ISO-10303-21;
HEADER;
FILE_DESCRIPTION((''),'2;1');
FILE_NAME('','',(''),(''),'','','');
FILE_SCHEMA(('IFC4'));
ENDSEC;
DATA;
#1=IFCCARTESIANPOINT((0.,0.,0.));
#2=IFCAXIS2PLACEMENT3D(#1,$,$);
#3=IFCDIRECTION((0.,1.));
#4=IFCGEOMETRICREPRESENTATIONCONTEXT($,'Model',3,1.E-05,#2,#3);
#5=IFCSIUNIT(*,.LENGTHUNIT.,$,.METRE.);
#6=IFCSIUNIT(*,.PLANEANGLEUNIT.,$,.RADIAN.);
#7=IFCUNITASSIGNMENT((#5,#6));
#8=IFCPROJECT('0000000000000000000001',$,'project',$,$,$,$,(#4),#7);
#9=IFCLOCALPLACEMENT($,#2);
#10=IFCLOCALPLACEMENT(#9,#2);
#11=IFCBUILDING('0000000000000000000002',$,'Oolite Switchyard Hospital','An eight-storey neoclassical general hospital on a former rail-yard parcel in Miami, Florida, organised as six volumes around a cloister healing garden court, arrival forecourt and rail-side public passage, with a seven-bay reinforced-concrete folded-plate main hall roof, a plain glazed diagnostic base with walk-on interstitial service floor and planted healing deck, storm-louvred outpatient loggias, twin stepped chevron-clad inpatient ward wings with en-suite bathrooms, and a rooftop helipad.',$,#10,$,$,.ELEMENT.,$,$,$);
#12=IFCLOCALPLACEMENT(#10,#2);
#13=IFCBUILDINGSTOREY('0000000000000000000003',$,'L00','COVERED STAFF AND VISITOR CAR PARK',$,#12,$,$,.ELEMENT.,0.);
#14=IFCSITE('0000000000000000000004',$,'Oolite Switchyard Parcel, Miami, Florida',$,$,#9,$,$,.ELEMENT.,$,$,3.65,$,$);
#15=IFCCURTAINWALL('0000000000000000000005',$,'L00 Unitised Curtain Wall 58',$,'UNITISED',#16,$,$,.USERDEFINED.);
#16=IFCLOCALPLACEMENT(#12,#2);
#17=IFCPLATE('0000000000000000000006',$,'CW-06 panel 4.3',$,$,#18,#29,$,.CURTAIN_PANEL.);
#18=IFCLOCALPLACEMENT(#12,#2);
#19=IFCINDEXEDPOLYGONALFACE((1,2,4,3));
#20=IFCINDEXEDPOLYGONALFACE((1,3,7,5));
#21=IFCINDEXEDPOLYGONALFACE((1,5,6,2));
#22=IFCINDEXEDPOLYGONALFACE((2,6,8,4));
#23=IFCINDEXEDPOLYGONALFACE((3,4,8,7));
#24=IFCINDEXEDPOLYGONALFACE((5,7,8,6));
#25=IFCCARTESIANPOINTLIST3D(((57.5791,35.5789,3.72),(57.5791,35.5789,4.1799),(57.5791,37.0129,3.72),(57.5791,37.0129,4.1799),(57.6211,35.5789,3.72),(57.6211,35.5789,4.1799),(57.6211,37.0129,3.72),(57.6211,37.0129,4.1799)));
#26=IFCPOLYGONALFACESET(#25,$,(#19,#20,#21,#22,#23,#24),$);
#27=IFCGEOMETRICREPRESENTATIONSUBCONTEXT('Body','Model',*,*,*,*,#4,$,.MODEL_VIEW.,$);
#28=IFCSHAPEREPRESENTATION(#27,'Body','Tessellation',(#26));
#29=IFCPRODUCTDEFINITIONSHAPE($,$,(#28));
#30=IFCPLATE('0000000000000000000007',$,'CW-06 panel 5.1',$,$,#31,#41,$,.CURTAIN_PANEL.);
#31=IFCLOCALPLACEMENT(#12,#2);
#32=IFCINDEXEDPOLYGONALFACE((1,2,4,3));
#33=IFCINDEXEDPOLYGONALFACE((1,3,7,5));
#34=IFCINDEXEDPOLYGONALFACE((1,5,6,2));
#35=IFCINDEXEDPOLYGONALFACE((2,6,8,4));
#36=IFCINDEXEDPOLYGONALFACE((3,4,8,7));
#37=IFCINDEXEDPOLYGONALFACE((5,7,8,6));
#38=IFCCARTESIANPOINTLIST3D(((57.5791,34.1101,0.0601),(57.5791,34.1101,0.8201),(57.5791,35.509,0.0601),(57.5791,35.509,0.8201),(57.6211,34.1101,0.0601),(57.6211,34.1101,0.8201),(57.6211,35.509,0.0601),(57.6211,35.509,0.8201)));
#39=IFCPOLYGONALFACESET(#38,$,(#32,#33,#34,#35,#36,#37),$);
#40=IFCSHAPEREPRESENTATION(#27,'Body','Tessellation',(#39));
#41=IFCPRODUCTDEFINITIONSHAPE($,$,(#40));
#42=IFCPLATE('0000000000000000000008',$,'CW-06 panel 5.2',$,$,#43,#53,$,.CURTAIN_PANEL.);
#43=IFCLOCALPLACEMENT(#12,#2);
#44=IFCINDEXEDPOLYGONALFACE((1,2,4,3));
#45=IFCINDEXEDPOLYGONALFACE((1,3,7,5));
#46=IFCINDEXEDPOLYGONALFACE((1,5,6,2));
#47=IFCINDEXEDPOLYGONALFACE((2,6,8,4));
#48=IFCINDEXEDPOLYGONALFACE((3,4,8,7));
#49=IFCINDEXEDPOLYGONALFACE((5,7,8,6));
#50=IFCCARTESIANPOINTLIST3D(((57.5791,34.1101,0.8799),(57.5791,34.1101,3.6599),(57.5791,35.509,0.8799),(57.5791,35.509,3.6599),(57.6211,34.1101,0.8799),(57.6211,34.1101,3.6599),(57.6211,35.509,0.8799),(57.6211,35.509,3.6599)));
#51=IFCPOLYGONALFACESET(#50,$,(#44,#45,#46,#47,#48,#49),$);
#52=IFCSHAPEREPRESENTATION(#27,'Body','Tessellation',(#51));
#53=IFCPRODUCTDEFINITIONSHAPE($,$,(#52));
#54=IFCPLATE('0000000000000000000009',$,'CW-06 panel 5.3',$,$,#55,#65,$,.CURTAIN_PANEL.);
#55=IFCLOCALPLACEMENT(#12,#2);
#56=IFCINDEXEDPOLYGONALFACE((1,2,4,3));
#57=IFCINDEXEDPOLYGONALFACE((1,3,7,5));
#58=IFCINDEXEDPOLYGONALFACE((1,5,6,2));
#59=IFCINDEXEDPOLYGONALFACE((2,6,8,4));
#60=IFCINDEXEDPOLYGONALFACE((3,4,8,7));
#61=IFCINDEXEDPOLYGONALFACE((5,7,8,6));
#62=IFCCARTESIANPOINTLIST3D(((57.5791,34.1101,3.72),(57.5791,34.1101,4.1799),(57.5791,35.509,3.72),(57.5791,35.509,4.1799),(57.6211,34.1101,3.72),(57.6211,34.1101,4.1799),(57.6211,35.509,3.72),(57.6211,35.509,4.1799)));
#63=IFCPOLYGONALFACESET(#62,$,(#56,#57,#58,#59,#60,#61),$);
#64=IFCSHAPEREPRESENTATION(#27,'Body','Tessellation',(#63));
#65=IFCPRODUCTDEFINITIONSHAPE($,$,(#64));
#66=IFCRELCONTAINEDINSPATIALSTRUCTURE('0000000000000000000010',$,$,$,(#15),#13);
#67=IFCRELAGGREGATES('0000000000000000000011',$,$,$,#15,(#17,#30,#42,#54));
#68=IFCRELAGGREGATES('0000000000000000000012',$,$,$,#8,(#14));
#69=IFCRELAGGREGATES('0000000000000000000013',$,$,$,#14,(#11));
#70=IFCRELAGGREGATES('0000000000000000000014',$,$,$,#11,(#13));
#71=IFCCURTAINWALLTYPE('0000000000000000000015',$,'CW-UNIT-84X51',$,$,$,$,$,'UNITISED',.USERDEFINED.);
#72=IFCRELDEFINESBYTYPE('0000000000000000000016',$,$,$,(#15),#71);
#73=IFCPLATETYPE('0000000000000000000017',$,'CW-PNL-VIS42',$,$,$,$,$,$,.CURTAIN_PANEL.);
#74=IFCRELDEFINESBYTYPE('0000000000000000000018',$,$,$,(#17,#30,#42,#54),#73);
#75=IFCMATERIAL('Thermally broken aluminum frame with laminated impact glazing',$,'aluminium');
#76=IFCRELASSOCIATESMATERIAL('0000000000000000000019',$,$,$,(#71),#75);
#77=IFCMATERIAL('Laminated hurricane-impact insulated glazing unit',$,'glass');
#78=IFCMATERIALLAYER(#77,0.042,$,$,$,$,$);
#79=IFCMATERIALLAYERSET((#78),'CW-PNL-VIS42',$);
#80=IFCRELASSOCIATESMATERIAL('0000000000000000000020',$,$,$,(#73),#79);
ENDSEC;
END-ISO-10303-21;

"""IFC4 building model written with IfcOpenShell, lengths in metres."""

from ifc_helpers import new_model, si_unit, direction, frame, origin, origin_2d, place, context, subcontext, project, spatial, rectangle, extrude, material, layer, layer_set, type_object, element, aggregate, save


model = new_model("IFC4")

# Units and contexts
model_context = context("Model", 3, precision=1e-05, world=origin(), true_north=direction((0.0, 1.0)))
body_context = subcontext(model_context, "Body", "Model", "MODEL_VIEW")
ifc_project = project(units=[si_unit("LENGTHUNIT", "METRE"), si_unit("PLANEANGLEUNIT", "RADIAN")], contexts=[model_context])

# Site, building, storey
site_placement = place(None, origin())
site = spatial("IfcSite", under=ifc_project, at=site_placement, Name="Oolite Switchyard Parcel, Miami, Florida", CompositionType="ELEMENT", RefElevation=3.65)
building_placement = place(site_placement, origin())
building = spatial("IfcBuilding", under=site, at=building_placement, Name="Oolite Switchyard Hospital", Description="An eight-storey neoclassical general hospital on a former rail-yard parcel in Miami, Florida, organised as six volumes around a cloister healing garden court, arrival forecourt and rail-side public passage, with a seven-bay reinforced-concrete folded-plate main hall roof, a plain glazed diagnostic base with walk-on interstitial service floor and planted healing deck, storm-louvred outpatient loggias, twin stepped chevron-clad inpatient ward wings with en-suite bathrooms, and a rooftop helipad.", CompositionType="ELEMENT")
storey_placement = place(building_placement, origin())
storey = spatial("IfcBuildingStorey", under=building, at=storey_placement, Name="L00", Description="COVERED STAFF AND VISITOR CAR PARK", CompositionType="ELEMENT", Elevation=0.0)

# Curtain wall, plates
ifc_material_1 = material(Name="Thermally broken aluminum frame with laminated impact glazing", Category="aluminium")
curtain_wall_type = type_object("IfcCurtainWallType", Name="CW-UNIT-84X51", ElementType="UNITISED", PredefinedType="USERDEFINED", material=ifc_material_1)
curtain_wall_placement = place(storey_placement, origin())
curtain_wall = element("IfcCurtainWall", 1, at=curtain_wall_placement, inside=storey, type_object=curtain_wall_type, Name="L00 Unitised Curtain Wall 58", ObjectType="UNITISED", PredefinedType="USERDEFINED")
ifc_material_2 = material(Name="Laminated hurricane-impact insulated glazing unit", Category="glass")
ifc_layer = layer(ifc_material_2, 0.042)
ifc_layer_set = layer_set([ifc_layer], Name="CW-PNL-VIS42")
plate_type = type_object("IfcPlateType", Name="CW-PNL-VIS42", PredefinedType="CURTAIN_PANEL", material=ifc_layer_set)
plate_1_placement = place(storey_placement, frame((57.6001, 36.2959, 3.72), z_axis=(0.0, 0.0, 1.0), x_axis=(0.0, -1.0, 0.0)))
plate_1 = element("IfcPlate", 2, at=plate_1_placement, type_object=plate_type, Name="CW-06 panel 4.3", PredefinedType="CURTAIN_PANEL", context=body_context, shape_type="SweptSolid", body=[
    extrude(rectangle(XDim=1.4341, YDim=0.042, at=origin_2d()), origin(), (0.0, 0.0, 1.0), 0.46),
])
plate_2_placement = place(storey_placement, frame((57.6001, 34.8096, 0.0601), z_axis=(0.0, 0.0, 1.0), x_axis=(0.0, -1.0, 0.0)))
plate_2 = element("IfcPlate", 3, at=plate_2_placement, type_object=plate_type, Name="CW-06 panel 5.1", PredefinedType="CURTAIN_PANEL", context=body_context, shape_type="SweptSolid", body=[
    extrude(rectangle(XDim=1.3989, YDim=0.042, at=origin_2d()), origin(), (0.0, 0.0, 1.0), 0.76),
])
plate_3_placement = place(storey_placement, frame((57.6001, 34.8096, 0.8799), z_axis=(0.0, 0.0, 1.0), x_axis=(0.0, -1.0, 0.0)))
plate_3 = element("IfcPlate", 4, at=plate_3_placement, type_object=plate_type, Name="CW-06 panel 5.2", PredefinedType="CURTAIN_PANEL", context=body_context, shape_type="SweptSolid", body=[
    extrude(rectangle(XDim=1.3989, YDim=0.042, at=origin_2d()), origin(), (0.0, 0.0, 1.0), 2.78),
])
plate_4_placement = place(storey_placement, frame((57.6001, 34.8096, 3.72), z_axis=(0.0, 0.0, 1.0), x_axis=(0.0, -1.0, 0.0)))
plate_4 = element("IfcPlate", 5, at=plate_4_placement, type_object=plate_type, Name="CW-06 panel 5.3", PredefinedType="CURTAIN_PANEL", context=body_context, shape_type="SweptSolid", body=[
    extrude(rectangle(XDim=1.3989, YDim=0.042, at=origin_2d()), origin(), (0.0, 0.0, 1.0), 0.46),
])
aggregate(curtain_wall, [plate_1, plate_2, plate_3, plate_4])

save(model, "model.ifc")
